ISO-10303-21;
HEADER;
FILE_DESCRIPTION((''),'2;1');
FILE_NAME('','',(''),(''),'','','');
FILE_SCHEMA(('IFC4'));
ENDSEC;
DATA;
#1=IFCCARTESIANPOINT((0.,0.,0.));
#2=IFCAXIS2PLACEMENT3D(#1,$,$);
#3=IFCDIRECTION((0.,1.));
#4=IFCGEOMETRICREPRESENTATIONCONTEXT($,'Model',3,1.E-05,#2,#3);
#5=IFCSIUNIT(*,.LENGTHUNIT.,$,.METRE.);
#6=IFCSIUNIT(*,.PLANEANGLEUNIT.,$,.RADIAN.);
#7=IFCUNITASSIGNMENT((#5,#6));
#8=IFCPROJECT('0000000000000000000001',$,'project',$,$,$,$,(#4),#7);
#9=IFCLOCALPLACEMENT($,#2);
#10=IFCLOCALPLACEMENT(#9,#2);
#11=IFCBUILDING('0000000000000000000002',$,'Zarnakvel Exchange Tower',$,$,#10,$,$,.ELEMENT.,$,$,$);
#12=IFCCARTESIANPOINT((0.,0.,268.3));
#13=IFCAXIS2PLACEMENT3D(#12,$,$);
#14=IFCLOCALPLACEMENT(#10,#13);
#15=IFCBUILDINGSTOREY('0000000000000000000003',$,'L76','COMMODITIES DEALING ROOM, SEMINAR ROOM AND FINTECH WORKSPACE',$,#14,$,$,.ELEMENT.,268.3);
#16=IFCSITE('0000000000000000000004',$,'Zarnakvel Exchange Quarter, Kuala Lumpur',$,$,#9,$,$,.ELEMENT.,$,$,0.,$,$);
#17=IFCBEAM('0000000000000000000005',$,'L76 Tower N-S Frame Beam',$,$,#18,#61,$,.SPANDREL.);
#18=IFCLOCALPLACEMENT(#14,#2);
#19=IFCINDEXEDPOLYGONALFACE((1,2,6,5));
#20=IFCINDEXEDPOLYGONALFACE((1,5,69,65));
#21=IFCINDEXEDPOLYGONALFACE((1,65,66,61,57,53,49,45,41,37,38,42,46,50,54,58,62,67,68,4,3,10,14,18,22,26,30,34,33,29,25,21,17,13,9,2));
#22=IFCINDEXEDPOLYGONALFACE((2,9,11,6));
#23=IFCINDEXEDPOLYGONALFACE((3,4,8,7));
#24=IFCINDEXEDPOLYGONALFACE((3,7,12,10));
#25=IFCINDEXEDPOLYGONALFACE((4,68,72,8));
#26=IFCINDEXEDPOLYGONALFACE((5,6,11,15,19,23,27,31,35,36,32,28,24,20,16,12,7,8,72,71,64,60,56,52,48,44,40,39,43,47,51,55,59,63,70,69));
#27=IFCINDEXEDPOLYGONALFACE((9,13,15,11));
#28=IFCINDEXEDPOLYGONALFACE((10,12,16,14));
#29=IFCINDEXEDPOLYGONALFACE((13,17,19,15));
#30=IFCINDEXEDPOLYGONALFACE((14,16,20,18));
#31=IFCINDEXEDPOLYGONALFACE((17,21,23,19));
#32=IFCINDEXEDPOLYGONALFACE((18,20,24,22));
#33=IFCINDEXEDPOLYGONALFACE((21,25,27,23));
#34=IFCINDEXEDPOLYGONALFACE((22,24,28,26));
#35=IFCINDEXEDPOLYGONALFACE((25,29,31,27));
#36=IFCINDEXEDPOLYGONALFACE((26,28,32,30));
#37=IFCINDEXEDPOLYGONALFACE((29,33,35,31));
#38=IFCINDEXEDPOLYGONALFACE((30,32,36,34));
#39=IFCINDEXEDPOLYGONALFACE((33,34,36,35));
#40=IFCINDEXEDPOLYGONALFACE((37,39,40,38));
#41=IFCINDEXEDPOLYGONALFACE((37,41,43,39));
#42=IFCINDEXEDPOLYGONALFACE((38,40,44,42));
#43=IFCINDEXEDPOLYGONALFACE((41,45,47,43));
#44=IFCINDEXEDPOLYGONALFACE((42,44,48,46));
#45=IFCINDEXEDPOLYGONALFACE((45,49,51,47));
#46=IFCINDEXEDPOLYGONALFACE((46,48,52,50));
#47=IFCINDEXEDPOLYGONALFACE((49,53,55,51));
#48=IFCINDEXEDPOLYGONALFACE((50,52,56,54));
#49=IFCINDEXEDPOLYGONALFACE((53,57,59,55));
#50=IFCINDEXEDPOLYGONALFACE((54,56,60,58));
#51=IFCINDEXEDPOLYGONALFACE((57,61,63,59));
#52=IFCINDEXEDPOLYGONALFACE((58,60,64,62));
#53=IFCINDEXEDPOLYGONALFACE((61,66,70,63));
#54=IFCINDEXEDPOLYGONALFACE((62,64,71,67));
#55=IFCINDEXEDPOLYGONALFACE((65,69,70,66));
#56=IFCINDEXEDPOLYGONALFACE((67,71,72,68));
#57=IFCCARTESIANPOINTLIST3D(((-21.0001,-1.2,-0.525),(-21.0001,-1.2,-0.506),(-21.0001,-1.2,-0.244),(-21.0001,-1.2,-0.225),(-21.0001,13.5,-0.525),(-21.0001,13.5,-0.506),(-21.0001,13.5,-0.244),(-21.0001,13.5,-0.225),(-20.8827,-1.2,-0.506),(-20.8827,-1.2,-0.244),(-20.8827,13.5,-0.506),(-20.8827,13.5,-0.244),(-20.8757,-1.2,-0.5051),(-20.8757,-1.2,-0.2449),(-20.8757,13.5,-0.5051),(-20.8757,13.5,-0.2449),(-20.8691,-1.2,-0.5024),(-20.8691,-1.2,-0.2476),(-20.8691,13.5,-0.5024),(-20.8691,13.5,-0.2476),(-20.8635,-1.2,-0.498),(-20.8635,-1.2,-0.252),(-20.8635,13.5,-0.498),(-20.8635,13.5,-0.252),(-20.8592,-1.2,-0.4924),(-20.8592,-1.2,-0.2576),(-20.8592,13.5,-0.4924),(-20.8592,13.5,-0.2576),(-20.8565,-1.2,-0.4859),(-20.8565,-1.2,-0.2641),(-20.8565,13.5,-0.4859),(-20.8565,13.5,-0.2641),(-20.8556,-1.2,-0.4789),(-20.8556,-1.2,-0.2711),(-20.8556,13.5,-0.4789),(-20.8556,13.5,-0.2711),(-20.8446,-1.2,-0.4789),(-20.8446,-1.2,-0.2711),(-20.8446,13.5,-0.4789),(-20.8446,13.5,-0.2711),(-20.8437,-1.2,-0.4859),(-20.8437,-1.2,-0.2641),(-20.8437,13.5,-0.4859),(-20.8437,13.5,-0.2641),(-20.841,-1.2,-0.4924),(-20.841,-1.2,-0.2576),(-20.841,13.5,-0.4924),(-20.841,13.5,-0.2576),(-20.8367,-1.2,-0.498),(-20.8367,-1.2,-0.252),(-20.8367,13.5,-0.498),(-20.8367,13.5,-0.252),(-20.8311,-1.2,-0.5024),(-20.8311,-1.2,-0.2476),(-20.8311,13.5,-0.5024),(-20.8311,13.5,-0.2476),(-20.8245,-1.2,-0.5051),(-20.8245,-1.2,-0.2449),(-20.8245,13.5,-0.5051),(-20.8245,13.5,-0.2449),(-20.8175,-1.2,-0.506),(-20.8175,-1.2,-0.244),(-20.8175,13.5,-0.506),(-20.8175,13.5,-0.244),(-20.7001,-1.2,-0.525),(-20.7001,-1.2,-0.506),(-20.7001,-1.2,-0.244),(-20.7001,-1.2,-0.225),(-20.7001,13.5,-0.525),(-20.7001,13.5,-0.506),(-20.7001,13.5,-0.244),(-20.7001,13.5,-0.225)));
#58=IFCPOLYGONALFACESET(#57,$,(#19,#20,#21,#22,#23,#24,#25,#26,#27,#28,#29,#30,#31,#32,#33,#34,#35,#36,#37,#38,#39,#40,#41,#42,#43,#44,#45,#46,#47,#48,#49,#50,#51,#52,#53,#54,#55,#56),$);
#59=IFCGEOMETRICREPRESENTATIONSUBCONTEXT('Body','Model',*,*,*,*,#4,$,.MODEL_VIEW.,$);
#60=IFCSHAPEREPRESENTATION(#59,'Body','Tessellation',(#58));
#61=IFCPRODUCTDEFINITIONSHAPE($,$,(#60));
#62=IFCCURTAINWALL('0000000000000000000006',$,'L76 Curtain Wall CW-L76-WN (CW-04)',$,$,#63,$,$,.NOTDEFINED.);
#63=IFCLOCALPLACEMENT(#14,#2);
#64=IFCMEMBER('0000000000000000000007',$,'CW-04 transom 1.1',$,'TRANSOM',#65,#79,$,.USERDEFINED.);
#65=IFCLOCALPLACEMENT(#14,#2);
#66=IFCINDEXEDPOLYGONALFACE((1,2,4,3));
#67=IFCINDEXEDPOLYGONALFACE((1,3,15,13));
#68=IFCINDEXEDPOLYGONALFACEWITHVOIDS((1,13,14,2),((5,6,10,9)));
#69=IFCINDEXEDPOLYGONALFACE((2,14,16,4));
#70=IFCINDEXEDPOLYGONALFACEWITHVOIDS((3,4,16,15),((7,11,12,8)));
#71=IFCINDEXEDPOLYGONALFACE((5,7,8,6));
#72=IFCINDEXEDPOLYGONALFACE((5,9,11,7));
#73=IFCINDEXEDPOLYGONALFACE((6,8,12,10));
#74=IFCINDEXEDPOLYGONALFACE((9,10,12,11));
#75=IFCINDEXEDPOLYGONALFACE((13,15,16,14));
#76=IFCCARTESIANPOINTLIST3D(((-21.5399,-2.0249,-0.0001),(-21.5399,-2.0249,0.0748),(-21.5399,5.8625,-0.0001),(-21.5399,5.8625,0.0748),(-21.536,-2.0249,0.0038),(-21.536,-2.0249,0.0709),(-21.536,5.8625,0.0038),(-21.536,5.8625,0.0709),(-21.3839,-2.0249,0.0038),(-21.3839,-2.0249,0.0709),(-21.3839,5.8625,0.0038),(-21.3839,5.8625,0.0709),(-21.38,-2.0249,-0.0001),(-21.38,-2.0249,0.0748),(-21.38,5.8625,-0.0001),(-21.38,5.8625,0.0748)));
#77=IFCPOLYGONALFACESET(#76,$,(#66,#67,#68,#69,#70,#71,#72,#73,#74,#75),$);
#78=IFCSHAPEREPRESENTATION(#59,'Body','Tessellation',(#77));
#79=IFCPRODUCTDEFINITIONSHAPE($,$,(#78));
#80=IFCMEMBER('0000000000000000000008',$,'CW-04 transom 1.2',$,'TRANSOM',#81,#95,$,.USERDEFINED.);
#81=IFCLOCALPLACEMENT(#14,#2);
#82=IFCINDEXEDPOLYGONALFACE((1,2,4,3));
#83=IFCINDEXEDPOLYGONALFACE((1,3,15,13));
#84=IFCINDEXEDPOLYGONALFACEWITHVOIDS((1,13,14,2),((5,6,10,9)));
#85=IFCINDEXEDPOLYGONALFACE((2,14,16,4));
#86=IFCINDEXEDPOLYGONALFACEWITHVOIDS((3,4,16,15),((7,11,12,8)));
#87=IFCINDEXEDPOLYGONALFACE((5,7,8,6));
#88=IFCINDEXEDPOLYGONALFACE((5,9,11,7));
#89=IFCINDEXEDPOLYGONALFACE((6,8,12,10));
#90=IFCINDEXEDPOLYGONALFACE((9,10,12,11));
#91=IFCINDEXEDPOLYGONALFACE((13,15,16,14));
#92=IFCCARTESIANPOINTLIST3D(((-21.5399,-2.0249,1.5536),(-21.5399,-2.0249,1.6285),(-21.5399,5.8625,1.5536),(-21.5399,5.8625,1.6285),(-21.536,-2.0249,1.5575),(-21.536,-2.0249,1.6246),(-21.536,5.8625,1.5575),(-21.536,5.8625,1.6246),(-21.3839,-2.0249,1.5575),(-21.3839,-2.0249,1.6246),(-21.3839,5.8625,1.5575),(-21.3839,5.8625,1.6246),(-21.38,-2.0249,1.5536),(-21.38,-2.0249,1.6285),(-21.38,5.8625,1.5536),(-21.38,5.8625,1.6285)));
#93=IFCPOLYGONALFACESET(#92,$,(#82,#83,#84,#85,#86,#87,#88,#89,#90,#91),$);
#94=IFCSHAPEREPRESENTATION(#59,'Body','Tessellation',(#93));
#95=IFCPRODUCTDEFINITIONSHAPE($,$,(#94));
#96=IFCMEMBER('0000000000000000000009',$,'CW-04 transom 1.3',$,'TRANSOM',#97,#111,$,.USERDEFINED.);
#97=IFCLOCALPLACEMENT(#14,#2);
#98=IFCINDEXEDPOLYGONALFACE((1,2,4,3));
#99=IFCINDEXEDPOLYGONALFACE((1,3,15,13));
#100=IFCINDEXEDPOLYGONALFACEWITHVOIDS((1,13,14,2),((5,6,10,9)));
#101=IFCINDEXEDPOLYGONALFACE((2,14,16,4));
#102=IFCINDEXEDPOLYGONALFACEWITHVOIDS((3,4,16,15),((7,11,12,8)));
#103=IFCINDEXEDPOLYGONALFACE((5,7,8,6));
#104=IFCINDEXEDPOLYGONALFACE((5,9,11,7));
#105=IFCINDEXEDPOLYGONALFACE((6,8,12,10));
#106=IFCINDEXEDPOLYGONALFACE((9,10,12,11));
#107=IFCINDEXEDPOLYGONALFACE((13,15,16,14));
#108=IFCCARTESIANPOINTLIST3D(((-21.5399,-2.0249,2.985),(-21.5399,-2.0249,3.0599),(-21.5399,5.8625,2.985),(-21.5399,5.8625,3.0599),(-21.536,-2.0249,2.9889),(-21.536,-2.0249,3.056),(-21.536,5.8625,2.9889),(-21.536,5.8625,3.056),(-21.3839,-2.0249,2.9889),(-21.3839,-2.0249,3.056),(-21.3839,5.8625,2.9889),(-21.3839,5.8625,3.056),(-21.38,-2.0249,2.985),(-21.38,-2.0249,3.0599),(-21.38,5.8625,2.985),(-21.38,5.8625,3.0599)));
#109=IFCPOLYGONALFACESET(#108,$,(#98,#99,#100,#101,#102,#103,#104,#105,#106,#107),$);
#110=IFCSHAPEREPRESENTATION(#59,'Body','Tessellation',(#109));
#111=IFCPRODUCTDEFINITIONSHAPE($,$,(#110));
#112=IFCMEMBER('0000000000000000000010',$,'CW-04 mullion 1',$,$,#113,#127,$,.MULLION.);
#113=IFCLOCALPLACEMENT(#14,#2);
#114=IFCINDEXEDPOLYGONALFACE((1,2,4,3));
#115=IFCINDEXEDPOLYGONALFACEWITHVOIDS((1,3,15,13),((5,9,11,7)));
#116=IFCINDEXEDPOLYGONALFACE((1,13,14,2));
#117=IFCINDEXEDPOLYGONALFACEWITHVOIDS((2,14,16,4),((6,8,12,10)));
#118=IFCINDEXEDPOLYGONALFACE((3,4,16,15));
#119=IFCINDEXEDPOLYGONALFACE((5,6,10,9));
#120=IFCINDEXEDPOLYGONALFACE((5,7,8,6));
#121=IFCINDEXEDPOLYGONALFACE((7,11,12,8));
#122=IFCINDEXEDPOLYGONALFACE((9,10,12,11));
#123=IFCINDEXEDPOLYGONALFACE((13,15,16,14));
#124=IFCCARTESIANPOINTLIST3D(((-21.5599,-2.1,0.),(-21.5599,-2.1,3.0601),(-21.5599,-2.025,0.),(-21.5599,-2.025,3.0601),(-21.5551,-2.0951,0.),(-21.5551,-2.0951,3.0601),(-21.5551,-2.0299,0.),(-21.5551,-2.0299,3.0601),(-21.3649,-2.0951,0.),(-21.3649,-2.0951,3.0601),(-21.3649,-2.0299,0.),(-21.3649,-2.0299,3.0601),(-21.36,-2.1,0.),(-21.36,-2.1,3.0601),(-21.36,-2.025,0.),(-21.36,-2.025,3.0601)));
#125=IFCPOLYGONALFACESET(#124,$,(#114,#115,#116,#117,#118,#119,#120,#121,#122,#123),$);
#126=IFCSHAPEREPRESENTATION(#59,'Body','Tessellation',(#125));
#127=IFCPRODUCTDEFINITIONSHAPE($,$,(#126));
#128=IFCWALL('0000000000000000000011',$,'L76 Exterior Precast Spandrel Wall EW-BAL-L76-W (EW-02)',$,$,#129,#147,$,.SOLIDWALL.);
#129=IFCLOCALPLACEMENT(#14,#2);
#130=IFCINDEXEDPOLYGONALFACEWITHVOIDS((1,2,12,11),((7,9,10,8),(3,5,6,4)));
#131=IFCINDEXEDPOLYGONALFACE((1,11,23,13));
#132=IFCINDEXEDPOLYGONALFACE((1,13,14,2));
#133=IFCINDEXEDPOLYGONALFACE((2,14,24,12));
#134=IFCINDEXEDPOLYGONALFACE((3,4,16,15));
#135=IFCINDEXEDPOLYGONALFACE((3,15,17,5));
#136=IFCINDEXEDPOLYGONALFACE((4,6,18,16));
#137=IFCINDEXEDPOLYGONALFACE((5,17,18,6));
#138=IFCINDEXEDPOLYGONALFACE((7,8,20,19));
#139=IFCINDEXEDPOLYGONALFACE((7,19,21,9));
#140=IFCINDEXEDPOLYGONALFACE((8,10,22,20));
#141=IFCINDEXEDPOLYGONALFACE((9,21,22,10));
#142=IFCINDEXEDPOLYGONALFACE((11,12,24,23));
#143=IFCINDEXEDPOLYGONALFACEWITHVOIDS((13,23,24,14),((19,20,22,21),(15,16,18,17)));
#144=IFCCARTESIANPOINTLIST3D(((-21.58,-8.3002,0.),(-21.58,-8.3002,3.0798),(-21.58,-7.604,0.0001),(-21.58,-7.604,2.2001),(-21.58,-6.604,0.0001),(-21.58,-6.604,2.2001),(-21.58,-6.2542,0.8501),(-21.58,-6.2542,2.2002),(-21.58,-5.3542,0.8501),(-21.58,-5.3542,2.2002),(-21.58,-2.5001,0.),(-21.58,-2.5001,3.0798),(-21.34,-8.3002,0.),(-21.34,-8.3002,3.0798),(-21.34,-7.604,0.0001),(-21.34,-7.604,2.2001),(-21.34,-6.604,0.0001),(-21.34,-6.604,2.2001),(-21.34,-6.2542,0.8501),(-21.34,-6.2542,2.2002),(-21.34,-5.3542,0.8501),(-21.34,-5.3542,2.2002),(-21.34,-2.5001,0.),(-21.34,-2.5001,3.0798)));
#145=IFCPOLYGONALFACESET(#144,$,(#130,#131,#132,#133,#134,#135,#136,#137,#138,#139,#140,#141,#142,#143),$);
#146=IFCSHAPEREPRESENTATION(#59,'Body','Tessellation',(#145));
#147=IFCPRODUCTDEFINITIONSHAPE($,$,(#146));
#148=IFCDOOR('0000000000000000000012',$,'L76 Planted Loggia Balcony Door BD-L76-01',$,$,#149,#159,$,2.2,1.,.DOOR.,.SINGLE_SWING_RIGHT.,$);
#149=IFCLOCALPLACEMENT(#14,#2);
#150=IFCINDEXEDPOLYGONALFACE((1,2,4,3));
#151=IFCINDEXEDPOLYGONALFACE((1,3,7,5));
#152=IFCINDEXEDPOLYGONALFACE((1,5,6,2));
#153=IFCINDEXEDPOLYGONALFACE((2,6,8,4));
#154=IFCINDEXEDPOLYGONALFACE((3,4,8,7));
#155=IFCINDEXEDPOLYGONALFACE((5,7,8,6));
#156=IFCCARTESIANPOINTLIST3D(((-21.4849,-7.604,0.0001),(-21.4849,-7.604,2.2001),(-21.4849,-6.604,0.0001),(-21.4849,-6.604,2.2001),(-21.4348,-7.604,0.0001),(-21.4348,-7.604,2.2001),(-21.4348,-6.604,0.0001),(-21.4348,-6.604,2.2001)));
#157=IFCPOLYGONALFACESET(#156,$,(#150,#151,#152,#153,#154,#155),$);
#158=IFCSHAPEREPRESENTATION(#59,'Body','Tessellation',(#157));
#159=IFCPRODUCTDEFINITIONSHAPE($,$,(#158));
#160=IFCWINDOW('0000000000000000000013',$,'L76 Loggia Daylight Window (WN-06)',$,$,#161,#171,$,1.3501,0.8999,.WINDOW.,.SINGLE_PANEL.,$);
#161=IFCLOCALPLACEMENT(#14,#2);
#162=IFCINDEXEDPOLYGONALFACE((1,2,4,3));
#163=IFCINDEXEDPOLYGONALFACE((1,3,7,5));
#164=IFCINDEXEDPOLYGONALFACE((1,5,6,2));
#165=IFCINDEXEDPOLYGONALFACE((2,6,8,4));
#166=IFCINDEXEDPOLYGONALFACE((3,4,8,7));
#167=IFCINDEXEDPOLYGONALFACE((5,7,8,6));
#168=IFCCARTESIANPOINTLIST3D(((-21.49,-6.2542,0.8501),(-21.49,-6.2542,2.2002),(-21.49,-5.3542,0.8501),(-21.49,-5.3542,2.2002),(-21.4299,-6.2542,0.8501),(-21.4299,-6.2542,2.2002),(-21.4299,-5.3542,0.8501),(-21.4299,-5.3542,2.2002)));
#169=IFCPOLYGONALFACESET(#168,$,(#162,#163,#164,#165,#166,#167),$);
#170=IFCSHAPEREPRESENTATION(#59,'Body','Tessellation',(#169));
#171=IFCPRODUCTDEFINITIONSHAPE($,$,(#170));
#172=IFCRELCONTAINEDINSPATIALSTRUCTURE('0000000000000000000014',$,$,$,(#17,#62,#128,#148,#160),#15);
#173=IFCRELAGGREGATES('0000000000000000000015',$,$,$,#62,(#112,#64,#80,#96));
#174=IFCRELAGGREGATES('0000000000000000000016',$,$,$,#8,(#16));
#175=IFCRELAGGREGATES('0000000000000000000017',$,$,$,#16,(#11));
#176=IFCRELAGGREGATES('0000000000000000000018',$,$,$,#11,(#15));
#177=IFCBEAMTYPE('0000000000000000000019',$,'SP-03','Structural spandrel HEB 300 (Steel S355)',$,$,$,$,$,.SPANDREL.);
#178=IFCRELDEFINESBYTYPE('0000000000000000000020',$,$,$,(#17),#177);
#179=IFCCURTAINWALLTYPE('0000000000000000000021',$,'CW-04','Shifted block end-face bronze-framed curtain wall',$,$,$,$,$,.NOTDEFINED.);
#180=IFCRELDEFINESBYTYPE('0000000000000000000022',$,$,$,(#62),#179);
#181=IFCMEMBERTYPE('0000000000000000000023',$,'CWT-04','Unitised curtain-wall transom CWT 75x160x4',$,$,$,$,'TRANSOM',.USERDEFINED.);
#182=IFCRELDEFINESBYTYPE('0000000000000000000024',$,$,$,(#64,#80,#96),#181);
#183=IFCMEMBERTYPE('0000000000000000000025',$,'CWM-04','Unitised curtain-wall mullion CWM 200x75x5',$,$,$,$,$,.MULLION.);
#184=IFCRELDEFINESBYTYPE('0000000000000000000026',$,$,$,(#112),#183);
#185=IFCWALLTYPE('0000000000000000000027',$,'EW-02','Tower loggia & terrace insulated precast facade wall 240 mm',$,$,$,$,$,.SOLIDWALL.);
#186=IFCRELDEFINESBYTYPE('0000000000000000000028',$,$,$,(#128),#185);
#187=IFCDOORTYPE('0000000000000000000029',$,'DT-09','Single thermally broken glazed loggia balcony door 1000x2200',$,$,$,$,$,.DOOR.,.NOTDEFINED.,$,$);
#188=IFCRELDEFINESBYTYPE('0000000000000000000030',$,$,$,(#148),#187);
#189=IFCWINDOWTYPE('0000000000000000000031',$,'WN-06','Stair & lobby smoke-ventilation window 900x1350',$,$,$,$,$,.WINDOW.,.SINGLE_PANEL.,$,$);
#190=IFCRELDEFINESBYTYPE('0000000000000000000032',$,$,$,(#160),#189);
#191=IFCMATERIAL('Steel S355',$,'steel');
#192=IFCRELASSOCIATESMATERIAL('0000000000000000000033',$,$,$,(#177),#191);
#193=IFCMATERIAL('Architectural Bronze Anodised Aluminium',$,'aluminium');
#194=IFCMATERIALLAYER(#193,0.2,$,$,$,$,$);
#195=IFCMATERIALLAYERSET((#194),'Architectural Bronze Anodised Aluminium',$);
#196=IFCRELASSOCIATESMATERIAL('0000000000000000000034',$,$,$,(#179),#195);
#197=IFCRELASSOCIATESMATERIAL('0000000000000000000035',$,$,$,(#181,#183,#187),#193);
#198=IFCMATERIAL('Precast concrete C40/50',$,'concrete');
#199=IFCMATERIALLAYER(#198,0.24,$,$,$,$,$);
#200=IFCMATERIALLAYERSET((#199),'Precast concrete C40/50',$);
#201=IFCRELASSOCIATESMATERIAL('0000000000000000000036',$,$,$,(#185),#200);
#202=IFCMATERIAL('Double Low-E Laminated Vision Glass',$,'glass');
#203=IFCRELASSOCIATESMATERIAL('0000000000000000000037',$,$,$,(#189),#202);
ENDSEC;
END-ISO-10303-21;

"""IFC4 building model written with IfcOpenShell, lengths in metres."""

from ifc_helpers import new_model, si_unit, direction, frame, frame_2d, origin, origin_2d, place, context, subcontext, project, spatial, rectangle, hollow_rectangle, i_section, extrude, source, transform, mapped, material, layer, layer_set, material_profile, profile_set, type_object, element, fill, aggregate, save


model = new_model("IFC4")

# Units and contexts
model_context = context("Model", 3, precision=1e-05, world=origin(), true_north=direction((0.0, 1.0)))
body_context = subcontext(model_context, "Body", "Model", "MODEL_VIEW")
ifc_project = project(units=[si_unit("LENGTHUNIT", "METRE"), si_unit("PLANEANGLEUNIT", "RADIAN")], contexts=[model_context])

# Site, building, storey
site_placement = place(None, origin())
site = spatial("IfcSite", under=ifc_project, at=site_placement, Name="Zarnakvel Exchange Quarter, Kuala Lumpur", CompositionType="ELEMENT", RefElevation=0.0)
building_placement = place(site_placement, origin())
building = spatial("IfcBuilding", under=site, at=building_placement, Name="Zarnakvel Exchange Tower", CompositionType="ELEMENT")
storey_placement = place(building_placement, frame((0.0, 0.0, 268.3)))
storey = spatial("IfcBuildingStorey", under=building, at=storey_placement, Name="L76", Description="COMMODITIES DEALING ROOM, SEMINAR ROOM AND FINTECH WORKSPACE", CompositionType="ELEMENT", Elevation=268.3)

# Shared definitions
ifc_material_1 = material(Name="Steel S355", Category="steel")

# Beam
ifc_material_profile_1 = material_profile(ifc_material_1, i_section(OverallWidth=0.3, OverallDepth=0.3, WebThickness=0.011, FlangeThickness=0.019, FilletRadius=0.0271, at=origin_2d()))
ifc_profile_set_1 = profile_set([ifc_material_profile_1], Name="Steel S355")
beam_type_1 = type_object("IfcBeamType", Name="SP-03", Description="Structural spandrel HEB 300 (Steel S355)", PredefinedType="SPANDREL", material=ifc_profile_set_1)
beam_1_placement = place(storey_placement, frame((-20.8501, -1.2, -0.375), z_axis=(0.0, 1.0, 0.0), x_axis=(-1.0, 0.0, 0.0)))
element("IfcBeam", 1, at=beam_1_placement, inside=storey, type_object=beam_type_1, Name="L76 Tower N-S Frame Beam", PredefinedType="SPANDREL", context=body_context, shape_type="SweptSolid", body=[
    extrude(i_section(OverallWidth=0.3, OverallDepth=0.3, WebThickness=0.011, FlangeThickness=0.019, FilletRadius=0.0271, at=origin_2d()), origin(), (0.0, 0.0, 1.0), 14.7),
])

# Curtain wall, members
ifc_material_2 = material(Name="Architectural Bronze Anodised Aluminium", Category="aluminium")
ifc_layer_1 = layer(ifc_material_2, 0.2)
ifc_layer_set_1 = layer_set([ifc_layer_1], Name="Architectural Bronze Anodised Aluminium")
curtain_wall_type = type_object("IfcCurtainWallType", Name="CW-04", Description="Shifted block end-face bronze-framed curtain wall", PredefinedType="NOTDEFINED", material=ifc_layer_set_1)
curtain_wall_placement = place(storey_placement, origin())
curtain_wall = element("IfcCurtainWall", 2, at=curtain_wall_placement, inside=storey, type_object=curtain_wall_type, Name="L76 Curtain Wall CW-L76-WN (CW-04)", PredefinedType="NOTDEFINED")
ifc_material_profile_2 = material_profile(ifc_material_2, hollow_rectangle(XDim=0.1599, YDim=0.075, WallThickness=0.0039, at=origin_2d()))
ifc_profile_set_2 = profile_set([ifc_material_profile_2], Name="Architectural Bronze Anodised Aluminium")
member_type_1 = type_object("IfcMemberType", Name="CWT-04", Description="Unitised curtain-wall transom CWT 75x160x4", ElementType="TRANSOM", PredefinedType="USERDEFINED", material=ifc_profile_set_2)
shared_shape_1 = source(origin(), body_context, "Body", "SweptSolid", [
    extrude(hollow_rectangle(XDim=0.1599, YDim=0.075, WallThickness=0.0039, at=origin_2d()), origin(), (0.0, 0.0, 1.0), 7.8875),
])
member_1_placement = place(storey_placement, frame((-21.46, -2.0249, 0.0374), z_axis=(0.0, 1.0, 0.0), x_axis=(-1.0, 0.0, 0.0)))
member_1 = element("IfcMember", 3, at=member_1_placement, type_object=member_type_1, Name="CW-04 transom 1.1", ObjectType="TRANSOM", PredefinedType="USERDEFINED", context=body_context, shape_type="MappedRepresentation", body=[
    mapped(shared_shape_1, transform((0.0, 0.0, 0.0), x_axis=(1.0, 0.0, 0.0), y_axis=(0.0, 1.0, 0.0), z_axis=(0.0, 0.0, 1.0), scale=1.0)),
])
member_2_placement = place(storey_placement, frame((-21.46, -2.0249, 1.5911), z_axis=(0.0, 1.0, 0.0), x_axis=(-1.0, 0.0, 0.0)))
member_2 = element("IfcMember", 4, at=member_2_placement, type_object=member_type_1, Name="CW-04 transom 1.2", ObjectType="TRANSOM", PredefinedType="USERDEFINED", context=body_context, shape_type="MappedRepresentation", body=[
    mapped(shared_shape_1, transform((0.0, 0.0, 0.0), x_axis=(1.0, 0.0, 0.0), y_axis=(0.0, 1.0, 0.0), z_axis=(0.0, 0.0, 1.0), scale=1.0)),
])
member_3_placement = place(storey_placement, frame((-21.46, -2.0249, 3.0225), z_axis=(0.0, 1.0, 0.0), x_axis=(-1.0, 0.0, 0.0)))
member_3 = element("IfcMember", 5, at=member_3_placement, type_object=member_type_1, Name="CW-04 transom 1.3", ObjectType="TRANSOM", PredefinedType="USERDEFINED", context=body_context, shape_type="MappedRepresentation", body=[
    mapped(shared_shape_1, transform((0.0, 0.0, 0.0), x_axis=(1.0, 0.0, 0.0), y_axis=(0.0, 1.0, 0.0), z_axis=(0.0, 0.0, 1.0), scale=1.0)),
])
ifc_material_profile_3 = material_profile(ifc_material_2, hollow_rectangle(XDim=0.2, YDim=0.075, WallThickness=0.0049, at=origin_2d()))
ifc_profile_set_3 = profile_set([ifc_material_profile_3], Name="Architectural Bronze Anodised Aluminium")
member_type_2 = type_object("IfcMemberType", Name="CWM-04", Description="Unitised curtain-wall mullion CWM 200x75x5", PredefinedType="MULLION", material=ifc_profile_set_3)
shared_shape_2 = source(origin(), body_context, "Body", "SweptSolid", [
    extrude(hollow_rectangle(XDim=0.2, YDim=0.075, WallThickness=0.0049, at=origin_2d()), origin(), (0.0, 0.0, 1.0), 3.0601),
])
member_4_placement = place(storey_placement, frame((-21.46, -2.0625, 0.0), z_axis=(0.0, 0.0, 1.0), x_axis=(-1.0, 0.0, 0.0)))
member_4 = element("IfcMember", 6, at=member_4_placement, type_object=member_type_2, Name="CW-04 mullion 1", PredefinedType="MULLION", context=body_context, shape_type="MappedRepresentation", body=[
    mapped(shared_shape_2, transform((0.0, 0.0, 0.0), x_axis=(1.0, 0.0, 0.0), y_axis=(0.0, 1.0, 0.0), z_axis=(0.0, 0.0, 1.0), scale=1.0)),
])
aggregate(curtain_wall, [member_4, member_1, member_2, member_3])

# Wall, openings, door, window
ifc_material_3 = material(Name="Precast concrete C40/50", Category="concrete")
ifc_layer_2 = layer(ifc_material_3, 0.24)
ifc_layer_set_2 = layer_set([ifc_layer_2], Name="Precast concrete C40/50")
wall_type_1 = type_object("IfcWallType", Name="EW-02", Description="Tower loggia & terrace insulated precast facade wall 240 mm", PredefinedType="SOLIDWALL", material=ifc_layer_set_2)
wall_1_placement = place(storey_placement, frame((-21.46, -8.3, 0.0), z_axis=(0.0, 0.0, 1.0), x_axis=(0.0, 1.0, 0.0)))
wall_1 = element("IfcWall", 7, at=wall_1_placement, inside=storey, type_object=wall_type_1, Name="L76 Exterior Precast Spandrel Wall EW-BAL-L76-W (EW-02)", PredefinedType="SOLIDWALL", context=body_context, shape_type="SweptSolid", body=[
    extrude(rectangle(XDim=5.8, YDim=0.24, at=frame_2d((2.8999, 0.0))), origin(), (0.0, 0.0, 1.0), 3.0798),
])
opening_1_placement = place(wall_1_placement, frame((0.696, 0.0, 0.0)))
opening_1 = element("IfcOpeningElement", 8, at=opening_1_placement, cuts=wall_1, PredefinedType="OPENING", context=body_context, shape_type="SweptSolid", body=[
    extrude(rectangle(XDim=1.0, YDim=2.2, at=frame_2d((0.5, 1.1001))), frame((0.0, 0.1299, 0.0), z_axis=(0.0, -1.0, 0.0), x_axis=(1.0, 0.0, 0.0)), (0.0, 0.0, 1.0), 0.26),
])
opening_2_placement = place(wall_1_placement, frame((2.0459, 0.0, 0.8501)))
opening_2 = element("IfcOpeningElement", 9, at=opening_2_placement, cuts=wall_1, PredefinedType="OPENING", context=body_context, shape_type="SweptSolid", body=[
    extrude(rectangle(XDim=0.8999, YDim=1.3501, at=frame_2d((0.45, 0.675))), frame((0.0, 0.1299, 0.0), z_axis=(0.0, -1.0, 0.0), x_axis=(1.0, 0.0, 0.0)), (0.0, 0.0, 1.0), 0.26),
])
door_type_1 = type_object("IfcDoorType", Name="DT-09", Description="Single thermally broken glazed loggia balcony door 1000x2200", OperationType="NOTDEFINED", PredefinedType="DOOR", material=ifc_material_2)
shared_shape_3 = source(origin(), body_context, "Body", "SweptSolid", [
    extrude(rectangle(XDim=1.0, YDim=2.2, at=frame_2d((0.5, 1.1001))), frame((0.0, 0.0249, 0.0), z_axis=(0.0, -1.0, 0.0), x_axis=(1.0, 0.0, 0.0)), (0.0, 0.0, 1.0), 0.05),
])
door_1_placement = place(opening_1_placement, origin())
door_1 = element("IfcDoor", 10, at=door_1_placement, inside=storey, type_object=door_type_1, Name="L76 Planted Loggia Balcony Door BD-L76-01", OperationType="SINGLE_SWING_RIGHT", OverallHeight=2.2, OverallWidth=1.0, PredefinedType="DOOR", context=body_context, shape_type="MappedRepresentation", body=[
    mapped(shared_shape_3, transform((0.0, 0.0, 0.0), x_axis=(1.0, 0.0, 0.0), y_axis=(0.0, 1.0, 0.0), z_axis=(0.0, 0.0, 1.0), scale=1.0)),
])
fill(opening_1, door_1)
ifc_material_4 = material(Name="Double Low-E Laminated Vision Glass", Category="glass")
window_type = type_object("IfcWindowType", Name="WN-06", Description="Stair & lobby smoke-ventilation window 900x1350", PartitioningType="SINGLE_PANEL", PredefinedType="WINDOW", material=ifc_material_4)
shared_shape_4 = source(origin(), body_context, "Body", "SweptSolid", [
    extrude(rectangle(XDim=0.8999, YDim=1.3501, at=frame_2d((0.45, 0.675))), frame((0.0, 0.03, 0.0), z_axis=(0.0, -1.0, 0.0), x_axis=(1.0, 0.0, 0.0)), (0.0, 0.0, 1.0), 0.0601),
])
window_placement = place(opening_2_placement, origin())
window = element("IfcWindow", 11, at=window_placement, inside=storey, type_object=window_type, Name="L76 Loggia Daylight Window (WN-06)", OverallHeight=1.3501, OverallWidth=0.8999, PartitioningType="SINGLE_PANEL", PredefinedType="WINDOW", context=body_context, shape_type="MappedRepresentation", body=[
    mapped(shared_shape_4, transform((0.0, 0.0, 0.0), x_axis=(1.0, 0.0, 0.0), y_axis=(0.0, 1.0, 0.0), z_axis=(0.0, 0.0, 1.0), scale=1.0)),
])
fill(opening_2, window)

save(model, "model.ifc")
